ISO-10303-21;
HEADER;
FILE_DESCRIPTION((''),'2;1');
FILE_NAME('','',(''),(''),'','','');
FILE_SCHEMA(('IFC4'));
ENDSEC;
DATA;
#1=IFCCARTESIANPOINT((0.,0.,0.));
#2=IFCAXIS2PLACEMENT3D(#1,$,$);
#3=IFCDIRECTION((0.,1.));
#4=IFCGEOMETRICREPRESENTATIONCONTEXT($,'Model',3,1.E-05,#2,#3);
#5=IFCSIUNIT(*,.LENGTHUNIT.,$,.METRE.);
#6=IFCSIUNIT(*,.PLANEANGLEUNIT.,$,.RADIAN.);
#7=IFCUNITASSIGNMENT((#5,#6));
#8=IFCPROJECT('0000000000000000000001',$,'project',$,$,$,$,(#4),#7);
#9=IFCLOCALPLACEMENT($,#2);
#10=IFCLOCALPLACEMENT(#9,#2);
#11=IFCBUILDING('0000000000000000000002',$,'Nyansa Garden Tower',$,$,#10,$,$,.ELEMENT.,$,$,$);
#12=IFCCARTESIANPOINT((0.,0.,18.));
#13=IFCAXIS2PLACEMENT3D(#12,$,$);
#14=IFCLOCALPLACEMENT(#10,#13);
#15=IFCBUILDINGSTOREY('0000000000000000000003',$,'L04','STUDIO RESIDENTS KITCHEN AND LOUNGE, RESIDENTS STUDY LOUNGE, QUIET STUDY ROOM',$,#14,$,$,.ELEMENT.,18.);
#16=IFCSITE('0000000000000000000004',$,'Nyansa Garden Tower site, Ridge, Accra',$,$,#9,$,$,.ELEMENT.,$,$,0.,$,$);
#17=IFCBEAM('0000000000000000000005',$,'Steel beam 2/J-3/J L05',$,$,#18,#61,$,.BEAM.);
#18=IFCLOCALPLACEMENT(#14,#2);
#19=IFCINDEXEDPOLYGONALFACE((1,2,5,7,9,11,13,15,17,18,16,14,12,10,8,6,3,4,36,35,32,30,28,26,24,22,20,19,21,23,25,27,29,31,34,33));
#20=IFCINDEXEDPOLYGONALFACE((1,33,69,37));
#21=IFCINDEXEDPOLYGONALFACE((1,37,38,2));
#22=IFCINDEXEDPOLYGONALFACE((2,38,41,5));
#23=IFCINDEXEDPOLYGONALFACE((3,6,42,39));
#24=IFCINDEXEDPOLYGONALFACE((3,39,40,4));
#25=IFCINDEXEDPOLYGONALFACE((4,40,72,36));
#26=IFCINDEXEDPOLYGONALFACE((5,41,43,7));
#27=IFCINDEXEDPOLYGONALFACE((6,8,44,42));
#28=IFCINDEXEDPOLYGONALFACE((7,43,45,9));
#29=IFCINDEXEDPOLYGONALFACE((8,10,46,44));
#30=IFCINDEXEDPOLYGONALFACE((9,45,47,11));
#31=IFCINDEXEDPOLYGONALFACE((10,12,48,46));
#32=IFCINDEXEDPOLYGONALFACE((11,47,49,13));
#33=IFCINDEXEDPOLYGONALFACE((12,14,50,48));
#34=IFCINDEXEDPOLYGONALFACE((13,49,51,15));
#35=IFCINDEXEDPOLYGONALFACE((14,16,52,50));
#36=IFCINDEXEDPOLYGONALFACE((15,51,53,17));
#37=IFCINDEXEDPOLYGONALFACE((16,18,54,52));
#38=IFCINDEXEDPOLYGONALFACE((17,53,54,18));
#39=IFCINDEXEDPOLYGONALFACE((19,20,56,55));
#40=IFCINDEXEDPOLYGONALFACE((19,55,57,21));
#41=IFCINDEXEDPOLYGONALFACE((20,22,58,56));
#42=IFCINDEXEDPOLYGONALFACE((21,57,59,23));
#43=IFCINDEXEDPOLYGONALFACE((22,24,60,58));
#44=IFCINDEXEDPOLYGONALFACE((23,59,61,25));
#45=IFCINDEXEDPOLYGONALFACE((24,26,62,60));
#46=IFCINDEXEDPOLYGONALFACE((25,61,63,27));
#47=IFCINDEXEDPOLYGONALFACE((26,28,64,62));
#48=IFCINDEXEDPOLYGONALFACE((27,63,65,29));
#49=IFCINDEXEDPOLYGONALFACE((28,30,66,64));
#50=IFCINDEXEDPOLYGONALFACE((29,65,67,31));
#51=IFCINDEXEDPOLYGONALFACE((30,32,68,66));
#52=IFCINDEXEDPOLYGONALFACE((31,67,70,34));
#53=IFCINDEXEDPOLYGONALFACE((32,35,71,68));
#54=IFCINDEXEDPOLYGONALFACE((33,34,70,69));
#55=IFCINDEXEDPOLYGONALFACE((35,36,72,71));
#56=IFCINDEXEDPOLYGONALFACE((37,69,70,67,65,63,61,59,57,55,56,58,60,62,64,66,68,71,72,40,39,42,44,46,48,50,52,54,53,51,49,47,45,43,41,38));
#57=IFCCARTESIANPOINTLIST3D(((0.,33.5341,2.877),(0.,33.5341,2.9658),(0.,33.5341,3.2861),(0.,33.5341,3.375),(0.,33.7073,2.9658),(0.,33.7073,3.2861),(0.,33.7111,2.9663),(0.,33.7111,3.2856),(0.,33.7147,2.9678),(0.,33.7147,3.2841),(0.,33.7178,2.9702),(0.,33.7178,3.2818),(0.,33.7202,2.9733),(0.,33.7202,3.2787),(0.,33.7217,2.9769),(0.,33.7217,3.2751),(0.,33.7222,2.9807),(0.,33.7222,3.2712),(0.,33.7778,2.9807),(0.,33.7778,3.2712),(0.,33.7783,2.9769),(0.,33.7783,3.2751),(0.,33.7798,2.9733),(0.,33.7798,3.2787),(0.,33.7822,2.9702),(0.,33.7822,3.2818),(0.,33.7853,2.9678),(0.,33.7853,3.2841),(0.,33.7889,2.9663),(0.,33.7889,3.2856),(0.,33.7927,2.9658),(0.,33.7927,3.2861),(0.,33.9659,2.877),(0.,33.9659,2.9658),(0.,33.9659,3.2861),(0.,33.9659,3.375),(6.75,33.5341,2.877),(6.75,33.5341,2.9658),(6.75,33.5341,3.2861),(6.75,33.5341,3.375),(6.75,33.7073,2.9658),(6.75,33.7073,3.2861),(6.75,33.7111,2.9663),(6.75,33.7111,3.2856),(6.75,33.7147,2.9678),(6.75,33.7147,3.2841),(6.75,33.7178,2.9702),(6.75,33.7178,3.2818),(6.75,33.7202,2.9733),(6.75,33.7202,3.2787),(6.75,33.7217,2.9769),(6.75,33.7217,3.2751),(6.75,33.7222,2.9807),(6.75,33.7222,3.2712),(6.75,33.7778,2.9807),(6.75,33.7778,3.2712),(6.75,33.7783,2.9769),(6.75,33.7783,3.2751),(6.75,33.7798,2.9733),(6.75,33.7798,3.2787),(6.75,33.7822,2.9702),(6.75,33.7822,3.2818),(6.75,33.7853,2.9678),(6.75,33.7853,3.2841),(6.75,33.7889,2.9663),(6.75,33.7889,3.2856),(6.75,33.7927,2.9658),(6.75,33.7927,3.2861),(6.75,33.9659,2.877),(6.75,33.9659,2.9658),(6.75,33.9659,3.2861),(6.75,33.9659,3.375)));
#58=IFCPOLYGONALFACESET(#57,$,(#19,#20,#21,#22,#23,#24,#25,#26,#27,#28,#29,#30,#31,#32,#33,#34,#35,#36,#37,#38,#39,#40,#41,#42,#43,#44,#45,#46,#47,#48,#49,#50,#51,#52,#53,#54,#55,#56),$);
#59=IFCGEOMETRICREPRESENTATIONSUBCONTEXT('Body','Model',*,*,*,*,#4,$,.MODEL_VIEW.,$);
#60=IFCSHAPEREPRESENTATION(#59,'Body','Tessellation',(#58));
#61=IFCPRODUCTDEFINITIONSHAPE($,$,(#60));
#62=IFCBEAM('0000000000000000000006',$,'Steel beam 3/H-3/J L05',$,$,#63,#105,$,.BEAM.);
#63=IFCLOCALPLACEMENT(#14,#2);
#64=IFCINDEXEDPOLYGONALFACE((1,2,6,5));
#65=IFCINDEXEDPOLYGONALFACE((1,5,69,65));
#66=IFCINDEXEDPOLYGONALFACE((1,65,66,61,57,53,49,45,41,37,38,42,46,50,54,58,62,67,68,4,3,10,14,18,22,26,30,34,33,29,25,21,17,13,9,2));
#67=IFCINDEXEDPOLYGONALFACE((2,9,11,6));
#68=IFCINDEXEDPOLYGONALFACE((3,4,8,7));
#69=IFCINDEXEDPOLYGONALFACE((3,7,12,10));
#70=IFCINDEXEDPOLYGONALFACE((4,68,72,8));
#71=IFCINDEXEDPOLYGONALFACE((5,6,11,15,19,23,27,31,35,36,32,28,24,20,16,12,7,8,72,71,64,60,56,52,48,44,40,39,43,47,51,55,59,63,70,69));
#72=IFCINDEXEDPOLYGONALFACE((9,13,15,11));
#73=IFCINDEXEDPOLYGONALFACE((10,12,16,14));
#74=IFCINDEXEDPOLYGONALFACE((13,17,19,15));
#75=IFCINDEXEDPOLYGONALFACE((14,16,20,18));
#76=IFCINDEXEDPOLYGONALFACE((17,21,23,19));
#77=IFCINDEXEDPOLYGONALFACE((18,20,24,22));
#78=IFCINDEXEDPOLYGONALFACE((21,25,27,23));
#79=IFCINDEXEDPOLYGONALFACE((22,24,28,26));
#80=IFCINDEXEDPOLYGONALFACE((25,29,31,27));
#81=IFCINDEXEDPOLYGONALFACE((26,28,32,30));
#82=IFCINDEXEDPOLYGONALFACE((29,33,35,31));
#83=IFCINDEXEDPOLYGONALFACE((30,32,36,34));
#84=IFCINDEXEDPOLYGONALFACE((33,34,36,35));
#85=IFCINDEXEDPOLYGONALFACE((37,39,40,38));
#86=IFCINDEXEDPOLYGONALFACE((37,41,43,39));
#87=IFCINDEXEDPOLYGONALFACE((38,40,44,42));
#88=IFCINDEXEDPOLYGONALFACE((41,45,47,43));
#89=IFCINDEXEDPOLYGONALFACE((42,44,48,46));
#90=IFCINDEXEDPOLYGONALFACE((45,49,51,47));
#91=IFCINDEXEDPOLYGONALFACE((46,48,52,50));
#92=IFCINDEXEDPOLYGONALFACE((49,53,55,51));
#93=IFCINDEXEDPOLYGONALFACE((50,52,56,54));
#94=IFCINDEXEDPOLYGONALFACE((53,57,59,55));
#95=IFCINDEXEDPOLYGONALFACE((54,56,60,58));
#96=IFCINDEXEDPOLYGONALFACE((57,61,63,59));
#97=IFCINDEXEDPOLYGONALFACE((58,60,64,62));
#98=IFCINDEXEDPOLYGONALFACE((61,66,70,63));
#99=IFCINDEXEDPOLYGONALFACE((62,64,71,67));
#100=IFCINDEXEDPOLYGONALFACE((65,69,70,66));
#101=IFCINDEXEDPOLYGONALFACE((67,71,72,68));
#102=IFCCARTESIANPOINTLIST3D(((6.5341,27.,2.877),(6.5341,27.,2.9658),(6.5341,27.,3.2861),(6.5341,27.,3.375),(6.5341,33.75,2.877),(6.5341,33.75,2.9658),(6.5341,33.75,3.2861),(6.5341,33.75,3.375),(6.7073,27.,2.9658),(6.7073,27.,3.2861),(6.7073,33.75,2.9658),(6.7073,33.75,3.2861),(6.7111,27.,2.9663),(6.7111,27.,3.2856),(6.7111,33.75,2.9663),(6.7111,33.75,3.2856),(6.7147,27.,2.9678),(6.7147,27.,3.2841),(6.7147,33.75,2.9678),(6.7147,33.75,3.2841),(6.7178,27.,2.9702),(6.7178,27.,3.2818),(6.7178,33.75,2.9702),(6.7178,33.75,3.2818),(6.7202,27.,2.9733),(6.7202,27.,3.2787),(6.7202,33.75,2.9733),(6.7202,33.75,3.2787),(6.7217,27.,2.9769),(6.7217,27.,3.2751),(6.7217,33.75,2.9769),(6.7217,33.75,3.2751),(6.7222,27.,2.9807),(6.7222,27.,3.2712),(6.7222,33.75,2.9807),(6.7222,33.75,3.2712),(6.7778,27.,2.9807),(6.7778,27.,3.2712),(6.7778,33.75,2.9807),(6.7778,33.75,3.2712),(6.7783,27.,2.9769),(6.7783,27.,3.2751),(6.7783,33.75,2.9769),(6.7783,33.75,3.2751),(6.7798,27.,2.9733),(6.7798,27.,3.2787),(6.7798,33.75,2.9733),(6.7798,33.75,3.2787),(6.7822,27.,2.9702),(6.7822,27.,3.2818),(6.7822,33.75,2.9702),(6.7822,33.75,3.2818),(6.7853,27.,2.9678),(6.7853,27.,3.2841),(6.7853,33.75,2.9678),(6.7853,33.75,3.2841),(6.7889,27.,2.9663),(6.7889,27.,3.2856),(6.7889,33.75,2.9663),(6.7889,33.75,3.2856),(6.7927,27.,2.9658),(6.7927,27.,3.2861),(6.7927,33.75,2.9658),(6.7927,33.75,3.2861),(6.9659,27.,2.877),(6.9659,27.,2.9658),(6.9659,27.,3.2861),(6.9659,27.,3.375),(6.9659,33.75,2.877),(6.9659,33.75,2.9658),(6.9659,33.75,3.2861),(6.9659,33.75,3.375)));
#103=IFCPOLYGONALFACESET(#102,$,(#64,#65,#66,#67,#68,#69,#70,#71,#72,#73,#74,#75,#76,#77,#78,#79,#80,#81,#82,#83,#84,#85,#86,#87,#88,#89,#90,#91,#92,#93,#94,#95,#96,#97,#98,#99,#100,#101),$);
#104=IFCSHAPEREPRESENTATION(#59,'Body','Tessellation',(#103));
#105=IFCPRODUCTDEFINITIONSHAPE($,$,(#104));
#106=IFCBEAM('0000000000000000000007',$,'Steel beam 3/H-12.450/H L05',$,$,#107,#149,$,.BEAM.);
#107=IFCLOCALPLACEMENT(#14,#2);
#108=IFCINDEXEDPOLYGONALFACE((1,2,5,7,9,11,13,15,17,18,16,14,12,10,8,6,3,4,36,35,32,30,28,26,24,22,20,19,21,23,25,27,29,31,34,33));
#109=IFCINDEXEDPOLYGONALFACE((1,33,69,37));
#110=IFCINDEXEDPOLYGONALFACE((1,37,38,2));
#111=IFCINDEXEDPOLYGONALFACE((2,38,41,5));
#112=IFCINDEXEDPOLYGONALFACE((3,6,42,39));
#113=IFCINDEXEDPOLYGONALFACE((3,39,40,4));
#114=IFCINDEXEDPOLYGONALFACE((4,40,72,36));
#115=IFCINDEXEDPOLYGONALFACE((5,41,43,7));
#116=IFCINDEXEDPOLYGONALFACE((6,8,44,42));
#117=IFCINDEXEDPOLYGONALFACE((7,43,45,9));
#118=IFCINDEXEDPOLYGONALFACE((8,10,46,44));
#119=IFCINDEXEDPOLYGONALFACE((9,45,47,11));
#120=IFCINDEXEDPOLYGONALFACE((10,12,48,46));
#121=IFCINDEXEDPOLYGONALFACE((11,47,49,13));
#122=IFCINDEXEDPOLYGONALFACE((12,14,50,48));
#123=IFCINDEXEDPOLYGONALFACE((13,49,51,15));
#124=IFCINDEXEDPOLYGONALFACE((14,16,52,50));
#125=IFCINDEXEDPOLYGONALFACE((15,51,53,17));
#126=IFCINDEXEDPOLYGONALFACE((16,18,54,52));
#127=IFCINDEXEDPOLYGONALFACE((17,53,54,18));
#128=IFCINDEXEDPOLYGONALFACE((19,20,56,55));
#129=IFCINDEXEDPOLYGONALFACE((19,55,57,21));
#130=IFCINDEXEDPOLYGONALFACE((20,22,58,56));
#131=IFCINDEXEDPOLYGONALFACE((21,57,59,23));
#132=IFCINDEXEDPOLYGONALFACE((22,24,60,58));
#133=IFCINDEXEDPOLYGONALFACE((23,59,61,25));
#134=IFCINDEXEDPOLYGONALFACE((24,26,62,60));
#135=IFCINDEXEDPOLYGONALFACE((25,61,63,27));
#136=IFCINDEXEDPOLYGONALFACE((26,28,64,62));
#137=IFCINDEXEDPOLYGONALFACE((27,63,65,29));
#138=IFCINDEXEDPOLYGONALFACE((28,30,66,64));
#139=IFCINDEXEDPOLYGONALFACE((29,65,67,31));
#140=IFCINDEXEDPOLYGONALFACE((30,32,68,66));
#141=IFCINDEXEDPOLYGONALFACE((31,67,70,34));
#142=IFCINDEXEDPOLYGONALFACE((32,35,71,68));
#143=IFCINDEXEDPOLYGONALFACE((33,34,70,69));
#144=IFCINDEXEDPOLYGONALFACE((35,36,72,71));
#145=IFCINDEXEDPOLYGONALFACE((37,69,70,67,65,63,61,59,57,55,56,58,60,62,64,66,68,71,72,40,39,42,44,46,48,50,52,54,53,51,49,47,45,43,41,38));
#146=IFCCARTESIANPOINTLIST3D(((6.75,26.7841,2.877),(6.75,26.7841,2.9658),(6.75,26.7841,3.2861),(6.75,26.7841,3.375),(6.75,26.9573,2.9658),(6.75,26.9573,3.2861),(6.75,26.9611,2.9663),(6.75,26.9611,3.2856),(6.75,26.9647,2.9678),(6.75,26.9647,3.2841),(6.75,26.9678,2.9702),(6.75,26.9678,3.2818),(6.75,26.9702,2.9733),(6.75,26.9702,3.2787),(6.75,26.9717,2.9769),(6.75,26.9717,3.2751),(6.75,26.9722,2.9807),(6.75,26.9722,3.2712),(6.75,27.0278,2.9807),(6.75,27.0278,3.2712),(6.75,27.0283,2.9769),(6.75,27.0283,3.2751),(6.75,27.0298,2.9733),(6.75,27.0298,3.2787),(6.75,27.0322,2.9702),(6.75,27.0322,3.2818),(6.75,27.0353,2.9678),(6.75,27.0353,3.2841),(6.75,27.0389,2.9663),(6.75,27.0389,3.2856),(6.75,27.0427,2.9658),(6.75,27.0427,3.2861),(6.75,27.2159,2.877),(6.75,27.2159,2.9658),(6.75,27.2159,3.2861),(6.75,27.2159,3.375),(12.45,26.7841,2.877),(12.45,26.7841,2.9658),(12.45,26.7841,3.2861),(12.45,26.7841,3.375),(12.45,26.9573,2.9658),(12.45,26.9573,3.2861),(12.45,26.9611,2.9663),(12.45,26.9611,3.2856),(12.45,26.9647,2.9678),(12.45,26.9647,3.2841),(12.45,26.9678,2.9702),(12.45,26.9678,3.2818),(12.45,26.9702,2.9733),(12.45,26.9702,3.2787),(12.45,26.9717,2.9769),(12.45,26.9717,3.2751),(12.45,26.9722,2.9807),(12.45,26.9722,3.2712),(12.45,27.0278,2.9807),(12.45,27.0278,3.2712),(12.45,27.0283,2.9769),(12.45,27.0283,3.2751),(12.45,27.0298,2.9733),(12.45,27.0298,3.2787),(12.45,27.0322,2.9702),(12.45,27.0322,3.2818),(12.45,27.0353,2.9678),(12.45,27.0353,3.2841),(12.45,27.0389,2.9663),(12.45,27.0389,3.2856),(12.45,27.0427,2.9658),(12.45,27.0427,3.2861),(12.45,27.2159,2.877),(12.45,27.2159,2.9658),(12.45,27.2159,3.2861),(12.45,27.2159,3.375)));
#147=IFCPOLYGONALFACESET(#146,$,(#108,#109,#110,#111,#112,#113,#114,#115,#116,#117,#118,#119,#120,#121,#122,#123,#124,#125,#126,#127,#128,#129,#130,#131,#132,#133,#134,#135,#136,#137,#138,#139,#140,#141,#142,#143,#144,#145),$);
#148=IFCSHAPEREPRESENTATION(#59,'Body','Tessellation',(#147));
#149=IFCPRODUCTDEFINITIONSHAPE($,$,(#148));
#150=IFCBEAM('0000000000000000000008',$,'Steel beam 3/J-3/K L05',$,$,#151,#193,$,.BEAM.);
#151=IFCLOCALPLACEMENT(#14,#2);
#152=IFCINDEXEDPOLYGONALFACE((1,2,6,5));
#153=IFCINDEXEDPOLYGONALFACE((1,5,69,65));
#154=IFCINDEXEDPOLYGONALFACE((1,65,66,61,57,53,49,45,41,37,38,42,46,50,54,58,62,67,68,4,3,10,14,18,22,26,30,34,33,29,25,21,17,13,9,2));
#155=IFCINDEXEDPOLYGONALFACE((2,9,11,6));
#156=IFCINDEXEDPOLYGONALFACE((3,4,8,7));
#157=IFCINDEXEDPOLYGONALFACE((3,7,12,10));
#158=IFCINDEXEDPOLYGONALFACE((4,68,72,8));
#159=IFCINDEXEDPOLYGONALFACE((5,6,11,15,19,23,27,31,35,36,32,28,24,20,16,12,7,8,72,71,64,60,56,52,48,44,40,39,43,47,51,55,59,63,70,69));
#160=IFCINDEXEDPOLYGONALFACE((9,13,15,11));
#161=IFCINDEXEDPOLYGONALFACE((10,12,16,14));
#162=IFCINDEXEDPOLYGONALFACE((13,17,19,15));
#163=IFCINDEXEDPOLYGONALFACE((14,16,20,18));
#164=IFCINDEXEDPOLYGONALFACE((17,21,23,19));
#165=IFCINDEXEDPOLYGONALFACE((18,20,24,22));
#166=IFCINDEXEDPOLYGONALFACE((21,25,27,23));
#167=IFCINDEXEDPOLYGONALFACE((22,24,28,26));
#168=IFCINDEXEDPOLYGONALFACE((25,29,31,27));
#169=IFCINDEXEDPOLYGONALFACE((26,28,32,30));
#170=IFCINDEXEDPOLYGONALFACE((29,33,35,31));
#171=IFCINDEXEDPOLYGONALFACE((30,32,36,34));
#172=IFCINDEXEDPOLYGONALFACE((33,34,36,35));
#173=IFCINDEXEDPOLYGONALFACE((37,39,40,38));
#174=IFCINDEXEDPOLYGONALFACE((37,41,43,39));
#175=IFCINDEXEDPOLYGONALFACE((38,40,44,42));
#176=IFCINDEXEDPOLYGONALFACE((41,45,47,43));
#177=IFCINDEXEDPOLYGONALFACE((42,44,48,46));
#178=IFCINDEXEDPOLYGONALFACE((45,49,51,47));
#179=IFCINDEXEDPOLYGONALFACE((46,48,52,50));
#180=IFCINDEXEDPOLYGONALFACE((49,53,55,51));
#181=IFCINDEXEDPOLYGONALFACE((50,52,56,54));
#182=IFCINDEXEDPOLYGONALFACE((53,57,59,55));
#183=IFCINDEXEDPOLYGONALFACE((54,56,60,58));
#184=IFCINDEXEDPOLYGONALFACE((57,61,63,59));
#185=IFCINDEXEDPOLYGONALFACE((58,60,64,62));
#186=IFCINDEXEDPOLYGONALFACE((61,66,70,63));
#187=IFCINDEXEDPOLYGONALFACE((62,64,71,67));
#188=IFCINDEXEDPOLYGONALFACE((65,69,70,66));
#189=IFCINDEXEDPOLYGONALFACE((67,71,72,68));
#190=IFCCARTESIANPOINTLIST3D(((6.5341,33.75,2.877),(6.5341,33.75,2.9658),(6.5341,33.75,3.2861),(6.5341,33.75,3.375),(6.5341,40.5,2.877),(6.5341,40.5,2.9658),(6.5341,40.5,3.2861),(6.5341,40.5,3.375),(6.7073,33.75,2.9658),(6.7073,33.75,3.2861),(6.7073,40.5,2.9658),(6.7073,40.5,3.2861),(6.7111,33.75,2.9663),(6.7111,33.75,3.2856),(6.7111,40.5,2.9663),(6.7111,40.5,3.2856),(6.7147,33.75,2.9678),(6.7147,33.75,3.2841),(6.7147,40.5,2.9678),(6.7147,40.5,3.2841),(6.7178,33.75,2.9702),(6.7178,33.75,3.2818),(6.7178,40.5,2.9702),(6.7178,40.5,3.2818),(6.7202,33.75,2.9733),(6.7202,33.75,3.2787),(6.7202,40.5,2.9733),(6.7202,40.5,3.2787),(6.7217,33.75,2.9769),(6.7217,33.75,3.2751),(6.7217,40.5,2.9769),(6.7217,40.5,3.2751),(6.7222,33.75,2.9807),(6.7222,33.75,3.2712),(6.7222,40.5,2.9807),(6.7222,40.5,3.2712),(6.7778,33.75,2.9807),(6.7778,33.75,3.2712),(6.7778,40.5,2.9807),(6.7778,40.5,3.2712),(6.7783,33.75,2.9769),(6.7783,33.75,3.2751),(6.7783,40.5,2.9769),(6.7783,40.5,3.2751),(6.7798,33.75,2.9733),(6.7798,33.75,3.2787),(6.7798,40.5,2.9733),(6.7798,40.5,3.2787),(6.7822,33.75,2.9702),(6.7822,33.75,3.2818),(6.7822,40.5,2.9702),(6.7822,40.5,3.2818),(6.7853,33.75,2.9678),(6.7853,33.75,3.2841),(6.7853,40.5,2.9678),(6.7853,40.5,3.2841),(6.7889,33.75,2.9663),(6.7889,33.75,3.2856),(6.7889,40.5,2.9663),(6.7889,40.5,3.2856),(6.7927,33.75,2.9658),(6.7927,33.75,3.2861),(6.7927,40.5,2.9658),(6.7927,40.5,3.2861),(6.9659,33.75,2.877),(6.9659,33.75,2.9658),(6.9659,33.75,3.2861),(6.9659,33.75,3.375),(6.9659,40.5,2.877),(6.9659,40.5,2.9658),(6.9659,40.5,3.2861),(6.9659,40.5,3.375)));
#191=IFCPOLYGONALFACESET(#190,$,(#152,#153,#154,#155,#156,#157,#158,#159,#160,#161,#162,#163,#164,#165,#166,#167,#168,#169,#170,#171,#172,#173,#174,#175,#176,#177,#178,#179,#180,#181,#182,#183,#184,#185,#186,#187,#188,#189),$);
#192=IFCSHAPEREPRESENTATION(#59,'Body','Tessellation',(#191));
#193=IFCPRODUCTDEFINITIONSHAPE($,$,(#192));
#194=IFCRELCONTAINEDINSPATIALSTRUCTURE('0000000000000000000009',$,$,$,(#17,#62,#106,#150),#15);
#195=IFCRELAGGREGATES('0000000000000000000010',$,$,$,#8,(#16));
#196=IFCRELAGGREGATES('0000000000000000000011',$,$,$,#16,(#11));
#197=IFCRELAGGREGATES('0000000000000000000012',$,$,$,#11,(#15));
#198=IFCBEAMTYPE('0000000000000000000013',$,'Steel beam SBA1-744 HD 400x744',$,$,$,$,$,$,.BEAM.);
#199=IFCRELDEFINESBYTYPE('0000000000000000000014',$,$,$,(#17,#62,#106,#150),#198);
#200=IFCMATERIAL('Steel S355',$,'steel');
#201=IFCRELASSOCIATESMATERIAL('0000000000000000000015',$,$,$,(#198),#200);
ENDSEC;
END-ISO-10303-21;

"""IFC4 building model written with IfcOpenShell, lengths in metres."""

from ifc_helpers import new_model, si_unit, direction, frame, origin, origin_2d, place, context, subcontext, project, spatial, i_section, extrude, material, material_profile, profile_set, type_object, element, save


model = new_model("IFC4")

# Units and contexts
model_context = context("Model", 3, precision=1e-05, world=origin(), true_north=direction((0.0, 1.0)))
body_context = subcontext(model_context, "Body", "Model", "MODEL_VIEW")
ifc_project = project(units=[si_unit("LENGTHUNIT", "METRE"), si_unit("PLANEANGLEUNIT", "RADIAN")], contexts=[model_context])

# Site, building, storey
site_placement = place(None, origin())
site = spatial("IfcSite", under=ifc_project, at=site_placement, Name="Nyansa Garden Tower site, Ridge, Accra", CompositionType="ELEMENT", RefElevation=0.0)
building_placement = place(site_placement, origin())
building = spatial("IfcBuilding", under=site, at=building_placement, Name="Nyansa Garden Tower", CompositionType="ELEMENT")
storey_placement = place(building_placement, frame((0.0, 0.0, 18.0)))
storey = spatial("IfcBuildingStorey", under=building, at=storey_placement, Name="L04", Description="STUDIO RESIDENTS KITCHEN AND LOUNGE, RESIDENTS STUDY LOUNGE, QUIET STUDY ROOM", CompositionType="ELEMENT", Elevation=18.0)

# Beams
ifc_material_1 = material(Name="Steel S355", Category="steel")
ifc_material_profile_1 = material_profile(ifc_material_1, i_section(OverallWidth=0.4319, OverallDepth=0.498, WebThickness=0.0557, FlangeThickness=0.0889, FilletRadius=0.0149, at=origin_2d()), Name="HD 400x744")
ifc_profile_set_1 = profile_set([ifc_material_profile_1], Name="Steel S355")
beam_type_1 = type_object("IfcBeamType", Name="Steel beam SBA1-744 HD 400x744", PredefinedType="BEAM", material=ifc_profile_set_1)
for number, where, z_axis, x_axis, name in (
    (1, (0.0, 33.75, 3.126), (1.0, 0.0, 0.0), (0.0, 1.0, 0.0), "Steel beam 2/J-3/J L05"),
    (2, (6.75, 27.0, 3.126), (0.0, 1.0, 0.0), (-1.0, 0.0, 0.0), "Steel beam 3/H-3/J L05"),
):
    element("IfcBeam", number, at=place(storey_placement, frame(where, z_axis=z_axis, x_axis=x_axis)), inside=storey, type_object=beam_type_1, Name=name, PredefinedType="BEAM", context=body_context, shape_type="SweptSolid", body=[
        extrude(i_section(OverallWidth=0.4319, OverallDepth=0.498, WebThickness=0.0557, FlangeThickness=0.0889, FilletRadius=0.0149, at=origin_2d()), origin(), (0.0, 0.0, 1.0), 6.75),
    ])
beam_1_placement = place(storey_placement, frame((6.75, 27.0, 3.126), z_axis=(1.0, 0.0, 0.0), x_axis=(0.0, 1.0, 0.0)))
element("IfcBeam", 3, at=beam_1_placement, inside=storey, type_object=beam_type_1, Name="Steel beam 3/H-12.450/H L05", PredefinedType="BEAM", context=body_context, shape_type="SweptSolid", body=[
    extrude(i_section(OverallWidth=0.4319, OverallDepth=0.498, WebThickness=0.0557, FlangeThickness=0.0889, FilletRadius=0.0149, at=origin_2d()), origin(), (0.0, 0.0, 1.0), 5.7),
])
beam_2_placement = place(storey_placement, frame((6.75, 33.75, 3.126), z_axis=(0.0, 1.0, 0.0), x_axis=(-1.0, 0.0, 0.0)))
element("IfcBeam", 4, at=beam_2_placement, inside=storey, type_object=beam_type_1, Name="Steel beam 3/J-3/K L05", PredefinedType="BEAM", context=body_context, shape_type="SweptSolid", body=[
    extrude(i_section(OverallWidth=0.4319, OverallDepth=0.498, WebThickness=0.0557, FlangeThickness=0.0889, FilletRadius=0.0149, at=origin_2d()), origin(), (0.0, 0.0, 1.0), 6.75),
])

save(model, "model.ifc")
